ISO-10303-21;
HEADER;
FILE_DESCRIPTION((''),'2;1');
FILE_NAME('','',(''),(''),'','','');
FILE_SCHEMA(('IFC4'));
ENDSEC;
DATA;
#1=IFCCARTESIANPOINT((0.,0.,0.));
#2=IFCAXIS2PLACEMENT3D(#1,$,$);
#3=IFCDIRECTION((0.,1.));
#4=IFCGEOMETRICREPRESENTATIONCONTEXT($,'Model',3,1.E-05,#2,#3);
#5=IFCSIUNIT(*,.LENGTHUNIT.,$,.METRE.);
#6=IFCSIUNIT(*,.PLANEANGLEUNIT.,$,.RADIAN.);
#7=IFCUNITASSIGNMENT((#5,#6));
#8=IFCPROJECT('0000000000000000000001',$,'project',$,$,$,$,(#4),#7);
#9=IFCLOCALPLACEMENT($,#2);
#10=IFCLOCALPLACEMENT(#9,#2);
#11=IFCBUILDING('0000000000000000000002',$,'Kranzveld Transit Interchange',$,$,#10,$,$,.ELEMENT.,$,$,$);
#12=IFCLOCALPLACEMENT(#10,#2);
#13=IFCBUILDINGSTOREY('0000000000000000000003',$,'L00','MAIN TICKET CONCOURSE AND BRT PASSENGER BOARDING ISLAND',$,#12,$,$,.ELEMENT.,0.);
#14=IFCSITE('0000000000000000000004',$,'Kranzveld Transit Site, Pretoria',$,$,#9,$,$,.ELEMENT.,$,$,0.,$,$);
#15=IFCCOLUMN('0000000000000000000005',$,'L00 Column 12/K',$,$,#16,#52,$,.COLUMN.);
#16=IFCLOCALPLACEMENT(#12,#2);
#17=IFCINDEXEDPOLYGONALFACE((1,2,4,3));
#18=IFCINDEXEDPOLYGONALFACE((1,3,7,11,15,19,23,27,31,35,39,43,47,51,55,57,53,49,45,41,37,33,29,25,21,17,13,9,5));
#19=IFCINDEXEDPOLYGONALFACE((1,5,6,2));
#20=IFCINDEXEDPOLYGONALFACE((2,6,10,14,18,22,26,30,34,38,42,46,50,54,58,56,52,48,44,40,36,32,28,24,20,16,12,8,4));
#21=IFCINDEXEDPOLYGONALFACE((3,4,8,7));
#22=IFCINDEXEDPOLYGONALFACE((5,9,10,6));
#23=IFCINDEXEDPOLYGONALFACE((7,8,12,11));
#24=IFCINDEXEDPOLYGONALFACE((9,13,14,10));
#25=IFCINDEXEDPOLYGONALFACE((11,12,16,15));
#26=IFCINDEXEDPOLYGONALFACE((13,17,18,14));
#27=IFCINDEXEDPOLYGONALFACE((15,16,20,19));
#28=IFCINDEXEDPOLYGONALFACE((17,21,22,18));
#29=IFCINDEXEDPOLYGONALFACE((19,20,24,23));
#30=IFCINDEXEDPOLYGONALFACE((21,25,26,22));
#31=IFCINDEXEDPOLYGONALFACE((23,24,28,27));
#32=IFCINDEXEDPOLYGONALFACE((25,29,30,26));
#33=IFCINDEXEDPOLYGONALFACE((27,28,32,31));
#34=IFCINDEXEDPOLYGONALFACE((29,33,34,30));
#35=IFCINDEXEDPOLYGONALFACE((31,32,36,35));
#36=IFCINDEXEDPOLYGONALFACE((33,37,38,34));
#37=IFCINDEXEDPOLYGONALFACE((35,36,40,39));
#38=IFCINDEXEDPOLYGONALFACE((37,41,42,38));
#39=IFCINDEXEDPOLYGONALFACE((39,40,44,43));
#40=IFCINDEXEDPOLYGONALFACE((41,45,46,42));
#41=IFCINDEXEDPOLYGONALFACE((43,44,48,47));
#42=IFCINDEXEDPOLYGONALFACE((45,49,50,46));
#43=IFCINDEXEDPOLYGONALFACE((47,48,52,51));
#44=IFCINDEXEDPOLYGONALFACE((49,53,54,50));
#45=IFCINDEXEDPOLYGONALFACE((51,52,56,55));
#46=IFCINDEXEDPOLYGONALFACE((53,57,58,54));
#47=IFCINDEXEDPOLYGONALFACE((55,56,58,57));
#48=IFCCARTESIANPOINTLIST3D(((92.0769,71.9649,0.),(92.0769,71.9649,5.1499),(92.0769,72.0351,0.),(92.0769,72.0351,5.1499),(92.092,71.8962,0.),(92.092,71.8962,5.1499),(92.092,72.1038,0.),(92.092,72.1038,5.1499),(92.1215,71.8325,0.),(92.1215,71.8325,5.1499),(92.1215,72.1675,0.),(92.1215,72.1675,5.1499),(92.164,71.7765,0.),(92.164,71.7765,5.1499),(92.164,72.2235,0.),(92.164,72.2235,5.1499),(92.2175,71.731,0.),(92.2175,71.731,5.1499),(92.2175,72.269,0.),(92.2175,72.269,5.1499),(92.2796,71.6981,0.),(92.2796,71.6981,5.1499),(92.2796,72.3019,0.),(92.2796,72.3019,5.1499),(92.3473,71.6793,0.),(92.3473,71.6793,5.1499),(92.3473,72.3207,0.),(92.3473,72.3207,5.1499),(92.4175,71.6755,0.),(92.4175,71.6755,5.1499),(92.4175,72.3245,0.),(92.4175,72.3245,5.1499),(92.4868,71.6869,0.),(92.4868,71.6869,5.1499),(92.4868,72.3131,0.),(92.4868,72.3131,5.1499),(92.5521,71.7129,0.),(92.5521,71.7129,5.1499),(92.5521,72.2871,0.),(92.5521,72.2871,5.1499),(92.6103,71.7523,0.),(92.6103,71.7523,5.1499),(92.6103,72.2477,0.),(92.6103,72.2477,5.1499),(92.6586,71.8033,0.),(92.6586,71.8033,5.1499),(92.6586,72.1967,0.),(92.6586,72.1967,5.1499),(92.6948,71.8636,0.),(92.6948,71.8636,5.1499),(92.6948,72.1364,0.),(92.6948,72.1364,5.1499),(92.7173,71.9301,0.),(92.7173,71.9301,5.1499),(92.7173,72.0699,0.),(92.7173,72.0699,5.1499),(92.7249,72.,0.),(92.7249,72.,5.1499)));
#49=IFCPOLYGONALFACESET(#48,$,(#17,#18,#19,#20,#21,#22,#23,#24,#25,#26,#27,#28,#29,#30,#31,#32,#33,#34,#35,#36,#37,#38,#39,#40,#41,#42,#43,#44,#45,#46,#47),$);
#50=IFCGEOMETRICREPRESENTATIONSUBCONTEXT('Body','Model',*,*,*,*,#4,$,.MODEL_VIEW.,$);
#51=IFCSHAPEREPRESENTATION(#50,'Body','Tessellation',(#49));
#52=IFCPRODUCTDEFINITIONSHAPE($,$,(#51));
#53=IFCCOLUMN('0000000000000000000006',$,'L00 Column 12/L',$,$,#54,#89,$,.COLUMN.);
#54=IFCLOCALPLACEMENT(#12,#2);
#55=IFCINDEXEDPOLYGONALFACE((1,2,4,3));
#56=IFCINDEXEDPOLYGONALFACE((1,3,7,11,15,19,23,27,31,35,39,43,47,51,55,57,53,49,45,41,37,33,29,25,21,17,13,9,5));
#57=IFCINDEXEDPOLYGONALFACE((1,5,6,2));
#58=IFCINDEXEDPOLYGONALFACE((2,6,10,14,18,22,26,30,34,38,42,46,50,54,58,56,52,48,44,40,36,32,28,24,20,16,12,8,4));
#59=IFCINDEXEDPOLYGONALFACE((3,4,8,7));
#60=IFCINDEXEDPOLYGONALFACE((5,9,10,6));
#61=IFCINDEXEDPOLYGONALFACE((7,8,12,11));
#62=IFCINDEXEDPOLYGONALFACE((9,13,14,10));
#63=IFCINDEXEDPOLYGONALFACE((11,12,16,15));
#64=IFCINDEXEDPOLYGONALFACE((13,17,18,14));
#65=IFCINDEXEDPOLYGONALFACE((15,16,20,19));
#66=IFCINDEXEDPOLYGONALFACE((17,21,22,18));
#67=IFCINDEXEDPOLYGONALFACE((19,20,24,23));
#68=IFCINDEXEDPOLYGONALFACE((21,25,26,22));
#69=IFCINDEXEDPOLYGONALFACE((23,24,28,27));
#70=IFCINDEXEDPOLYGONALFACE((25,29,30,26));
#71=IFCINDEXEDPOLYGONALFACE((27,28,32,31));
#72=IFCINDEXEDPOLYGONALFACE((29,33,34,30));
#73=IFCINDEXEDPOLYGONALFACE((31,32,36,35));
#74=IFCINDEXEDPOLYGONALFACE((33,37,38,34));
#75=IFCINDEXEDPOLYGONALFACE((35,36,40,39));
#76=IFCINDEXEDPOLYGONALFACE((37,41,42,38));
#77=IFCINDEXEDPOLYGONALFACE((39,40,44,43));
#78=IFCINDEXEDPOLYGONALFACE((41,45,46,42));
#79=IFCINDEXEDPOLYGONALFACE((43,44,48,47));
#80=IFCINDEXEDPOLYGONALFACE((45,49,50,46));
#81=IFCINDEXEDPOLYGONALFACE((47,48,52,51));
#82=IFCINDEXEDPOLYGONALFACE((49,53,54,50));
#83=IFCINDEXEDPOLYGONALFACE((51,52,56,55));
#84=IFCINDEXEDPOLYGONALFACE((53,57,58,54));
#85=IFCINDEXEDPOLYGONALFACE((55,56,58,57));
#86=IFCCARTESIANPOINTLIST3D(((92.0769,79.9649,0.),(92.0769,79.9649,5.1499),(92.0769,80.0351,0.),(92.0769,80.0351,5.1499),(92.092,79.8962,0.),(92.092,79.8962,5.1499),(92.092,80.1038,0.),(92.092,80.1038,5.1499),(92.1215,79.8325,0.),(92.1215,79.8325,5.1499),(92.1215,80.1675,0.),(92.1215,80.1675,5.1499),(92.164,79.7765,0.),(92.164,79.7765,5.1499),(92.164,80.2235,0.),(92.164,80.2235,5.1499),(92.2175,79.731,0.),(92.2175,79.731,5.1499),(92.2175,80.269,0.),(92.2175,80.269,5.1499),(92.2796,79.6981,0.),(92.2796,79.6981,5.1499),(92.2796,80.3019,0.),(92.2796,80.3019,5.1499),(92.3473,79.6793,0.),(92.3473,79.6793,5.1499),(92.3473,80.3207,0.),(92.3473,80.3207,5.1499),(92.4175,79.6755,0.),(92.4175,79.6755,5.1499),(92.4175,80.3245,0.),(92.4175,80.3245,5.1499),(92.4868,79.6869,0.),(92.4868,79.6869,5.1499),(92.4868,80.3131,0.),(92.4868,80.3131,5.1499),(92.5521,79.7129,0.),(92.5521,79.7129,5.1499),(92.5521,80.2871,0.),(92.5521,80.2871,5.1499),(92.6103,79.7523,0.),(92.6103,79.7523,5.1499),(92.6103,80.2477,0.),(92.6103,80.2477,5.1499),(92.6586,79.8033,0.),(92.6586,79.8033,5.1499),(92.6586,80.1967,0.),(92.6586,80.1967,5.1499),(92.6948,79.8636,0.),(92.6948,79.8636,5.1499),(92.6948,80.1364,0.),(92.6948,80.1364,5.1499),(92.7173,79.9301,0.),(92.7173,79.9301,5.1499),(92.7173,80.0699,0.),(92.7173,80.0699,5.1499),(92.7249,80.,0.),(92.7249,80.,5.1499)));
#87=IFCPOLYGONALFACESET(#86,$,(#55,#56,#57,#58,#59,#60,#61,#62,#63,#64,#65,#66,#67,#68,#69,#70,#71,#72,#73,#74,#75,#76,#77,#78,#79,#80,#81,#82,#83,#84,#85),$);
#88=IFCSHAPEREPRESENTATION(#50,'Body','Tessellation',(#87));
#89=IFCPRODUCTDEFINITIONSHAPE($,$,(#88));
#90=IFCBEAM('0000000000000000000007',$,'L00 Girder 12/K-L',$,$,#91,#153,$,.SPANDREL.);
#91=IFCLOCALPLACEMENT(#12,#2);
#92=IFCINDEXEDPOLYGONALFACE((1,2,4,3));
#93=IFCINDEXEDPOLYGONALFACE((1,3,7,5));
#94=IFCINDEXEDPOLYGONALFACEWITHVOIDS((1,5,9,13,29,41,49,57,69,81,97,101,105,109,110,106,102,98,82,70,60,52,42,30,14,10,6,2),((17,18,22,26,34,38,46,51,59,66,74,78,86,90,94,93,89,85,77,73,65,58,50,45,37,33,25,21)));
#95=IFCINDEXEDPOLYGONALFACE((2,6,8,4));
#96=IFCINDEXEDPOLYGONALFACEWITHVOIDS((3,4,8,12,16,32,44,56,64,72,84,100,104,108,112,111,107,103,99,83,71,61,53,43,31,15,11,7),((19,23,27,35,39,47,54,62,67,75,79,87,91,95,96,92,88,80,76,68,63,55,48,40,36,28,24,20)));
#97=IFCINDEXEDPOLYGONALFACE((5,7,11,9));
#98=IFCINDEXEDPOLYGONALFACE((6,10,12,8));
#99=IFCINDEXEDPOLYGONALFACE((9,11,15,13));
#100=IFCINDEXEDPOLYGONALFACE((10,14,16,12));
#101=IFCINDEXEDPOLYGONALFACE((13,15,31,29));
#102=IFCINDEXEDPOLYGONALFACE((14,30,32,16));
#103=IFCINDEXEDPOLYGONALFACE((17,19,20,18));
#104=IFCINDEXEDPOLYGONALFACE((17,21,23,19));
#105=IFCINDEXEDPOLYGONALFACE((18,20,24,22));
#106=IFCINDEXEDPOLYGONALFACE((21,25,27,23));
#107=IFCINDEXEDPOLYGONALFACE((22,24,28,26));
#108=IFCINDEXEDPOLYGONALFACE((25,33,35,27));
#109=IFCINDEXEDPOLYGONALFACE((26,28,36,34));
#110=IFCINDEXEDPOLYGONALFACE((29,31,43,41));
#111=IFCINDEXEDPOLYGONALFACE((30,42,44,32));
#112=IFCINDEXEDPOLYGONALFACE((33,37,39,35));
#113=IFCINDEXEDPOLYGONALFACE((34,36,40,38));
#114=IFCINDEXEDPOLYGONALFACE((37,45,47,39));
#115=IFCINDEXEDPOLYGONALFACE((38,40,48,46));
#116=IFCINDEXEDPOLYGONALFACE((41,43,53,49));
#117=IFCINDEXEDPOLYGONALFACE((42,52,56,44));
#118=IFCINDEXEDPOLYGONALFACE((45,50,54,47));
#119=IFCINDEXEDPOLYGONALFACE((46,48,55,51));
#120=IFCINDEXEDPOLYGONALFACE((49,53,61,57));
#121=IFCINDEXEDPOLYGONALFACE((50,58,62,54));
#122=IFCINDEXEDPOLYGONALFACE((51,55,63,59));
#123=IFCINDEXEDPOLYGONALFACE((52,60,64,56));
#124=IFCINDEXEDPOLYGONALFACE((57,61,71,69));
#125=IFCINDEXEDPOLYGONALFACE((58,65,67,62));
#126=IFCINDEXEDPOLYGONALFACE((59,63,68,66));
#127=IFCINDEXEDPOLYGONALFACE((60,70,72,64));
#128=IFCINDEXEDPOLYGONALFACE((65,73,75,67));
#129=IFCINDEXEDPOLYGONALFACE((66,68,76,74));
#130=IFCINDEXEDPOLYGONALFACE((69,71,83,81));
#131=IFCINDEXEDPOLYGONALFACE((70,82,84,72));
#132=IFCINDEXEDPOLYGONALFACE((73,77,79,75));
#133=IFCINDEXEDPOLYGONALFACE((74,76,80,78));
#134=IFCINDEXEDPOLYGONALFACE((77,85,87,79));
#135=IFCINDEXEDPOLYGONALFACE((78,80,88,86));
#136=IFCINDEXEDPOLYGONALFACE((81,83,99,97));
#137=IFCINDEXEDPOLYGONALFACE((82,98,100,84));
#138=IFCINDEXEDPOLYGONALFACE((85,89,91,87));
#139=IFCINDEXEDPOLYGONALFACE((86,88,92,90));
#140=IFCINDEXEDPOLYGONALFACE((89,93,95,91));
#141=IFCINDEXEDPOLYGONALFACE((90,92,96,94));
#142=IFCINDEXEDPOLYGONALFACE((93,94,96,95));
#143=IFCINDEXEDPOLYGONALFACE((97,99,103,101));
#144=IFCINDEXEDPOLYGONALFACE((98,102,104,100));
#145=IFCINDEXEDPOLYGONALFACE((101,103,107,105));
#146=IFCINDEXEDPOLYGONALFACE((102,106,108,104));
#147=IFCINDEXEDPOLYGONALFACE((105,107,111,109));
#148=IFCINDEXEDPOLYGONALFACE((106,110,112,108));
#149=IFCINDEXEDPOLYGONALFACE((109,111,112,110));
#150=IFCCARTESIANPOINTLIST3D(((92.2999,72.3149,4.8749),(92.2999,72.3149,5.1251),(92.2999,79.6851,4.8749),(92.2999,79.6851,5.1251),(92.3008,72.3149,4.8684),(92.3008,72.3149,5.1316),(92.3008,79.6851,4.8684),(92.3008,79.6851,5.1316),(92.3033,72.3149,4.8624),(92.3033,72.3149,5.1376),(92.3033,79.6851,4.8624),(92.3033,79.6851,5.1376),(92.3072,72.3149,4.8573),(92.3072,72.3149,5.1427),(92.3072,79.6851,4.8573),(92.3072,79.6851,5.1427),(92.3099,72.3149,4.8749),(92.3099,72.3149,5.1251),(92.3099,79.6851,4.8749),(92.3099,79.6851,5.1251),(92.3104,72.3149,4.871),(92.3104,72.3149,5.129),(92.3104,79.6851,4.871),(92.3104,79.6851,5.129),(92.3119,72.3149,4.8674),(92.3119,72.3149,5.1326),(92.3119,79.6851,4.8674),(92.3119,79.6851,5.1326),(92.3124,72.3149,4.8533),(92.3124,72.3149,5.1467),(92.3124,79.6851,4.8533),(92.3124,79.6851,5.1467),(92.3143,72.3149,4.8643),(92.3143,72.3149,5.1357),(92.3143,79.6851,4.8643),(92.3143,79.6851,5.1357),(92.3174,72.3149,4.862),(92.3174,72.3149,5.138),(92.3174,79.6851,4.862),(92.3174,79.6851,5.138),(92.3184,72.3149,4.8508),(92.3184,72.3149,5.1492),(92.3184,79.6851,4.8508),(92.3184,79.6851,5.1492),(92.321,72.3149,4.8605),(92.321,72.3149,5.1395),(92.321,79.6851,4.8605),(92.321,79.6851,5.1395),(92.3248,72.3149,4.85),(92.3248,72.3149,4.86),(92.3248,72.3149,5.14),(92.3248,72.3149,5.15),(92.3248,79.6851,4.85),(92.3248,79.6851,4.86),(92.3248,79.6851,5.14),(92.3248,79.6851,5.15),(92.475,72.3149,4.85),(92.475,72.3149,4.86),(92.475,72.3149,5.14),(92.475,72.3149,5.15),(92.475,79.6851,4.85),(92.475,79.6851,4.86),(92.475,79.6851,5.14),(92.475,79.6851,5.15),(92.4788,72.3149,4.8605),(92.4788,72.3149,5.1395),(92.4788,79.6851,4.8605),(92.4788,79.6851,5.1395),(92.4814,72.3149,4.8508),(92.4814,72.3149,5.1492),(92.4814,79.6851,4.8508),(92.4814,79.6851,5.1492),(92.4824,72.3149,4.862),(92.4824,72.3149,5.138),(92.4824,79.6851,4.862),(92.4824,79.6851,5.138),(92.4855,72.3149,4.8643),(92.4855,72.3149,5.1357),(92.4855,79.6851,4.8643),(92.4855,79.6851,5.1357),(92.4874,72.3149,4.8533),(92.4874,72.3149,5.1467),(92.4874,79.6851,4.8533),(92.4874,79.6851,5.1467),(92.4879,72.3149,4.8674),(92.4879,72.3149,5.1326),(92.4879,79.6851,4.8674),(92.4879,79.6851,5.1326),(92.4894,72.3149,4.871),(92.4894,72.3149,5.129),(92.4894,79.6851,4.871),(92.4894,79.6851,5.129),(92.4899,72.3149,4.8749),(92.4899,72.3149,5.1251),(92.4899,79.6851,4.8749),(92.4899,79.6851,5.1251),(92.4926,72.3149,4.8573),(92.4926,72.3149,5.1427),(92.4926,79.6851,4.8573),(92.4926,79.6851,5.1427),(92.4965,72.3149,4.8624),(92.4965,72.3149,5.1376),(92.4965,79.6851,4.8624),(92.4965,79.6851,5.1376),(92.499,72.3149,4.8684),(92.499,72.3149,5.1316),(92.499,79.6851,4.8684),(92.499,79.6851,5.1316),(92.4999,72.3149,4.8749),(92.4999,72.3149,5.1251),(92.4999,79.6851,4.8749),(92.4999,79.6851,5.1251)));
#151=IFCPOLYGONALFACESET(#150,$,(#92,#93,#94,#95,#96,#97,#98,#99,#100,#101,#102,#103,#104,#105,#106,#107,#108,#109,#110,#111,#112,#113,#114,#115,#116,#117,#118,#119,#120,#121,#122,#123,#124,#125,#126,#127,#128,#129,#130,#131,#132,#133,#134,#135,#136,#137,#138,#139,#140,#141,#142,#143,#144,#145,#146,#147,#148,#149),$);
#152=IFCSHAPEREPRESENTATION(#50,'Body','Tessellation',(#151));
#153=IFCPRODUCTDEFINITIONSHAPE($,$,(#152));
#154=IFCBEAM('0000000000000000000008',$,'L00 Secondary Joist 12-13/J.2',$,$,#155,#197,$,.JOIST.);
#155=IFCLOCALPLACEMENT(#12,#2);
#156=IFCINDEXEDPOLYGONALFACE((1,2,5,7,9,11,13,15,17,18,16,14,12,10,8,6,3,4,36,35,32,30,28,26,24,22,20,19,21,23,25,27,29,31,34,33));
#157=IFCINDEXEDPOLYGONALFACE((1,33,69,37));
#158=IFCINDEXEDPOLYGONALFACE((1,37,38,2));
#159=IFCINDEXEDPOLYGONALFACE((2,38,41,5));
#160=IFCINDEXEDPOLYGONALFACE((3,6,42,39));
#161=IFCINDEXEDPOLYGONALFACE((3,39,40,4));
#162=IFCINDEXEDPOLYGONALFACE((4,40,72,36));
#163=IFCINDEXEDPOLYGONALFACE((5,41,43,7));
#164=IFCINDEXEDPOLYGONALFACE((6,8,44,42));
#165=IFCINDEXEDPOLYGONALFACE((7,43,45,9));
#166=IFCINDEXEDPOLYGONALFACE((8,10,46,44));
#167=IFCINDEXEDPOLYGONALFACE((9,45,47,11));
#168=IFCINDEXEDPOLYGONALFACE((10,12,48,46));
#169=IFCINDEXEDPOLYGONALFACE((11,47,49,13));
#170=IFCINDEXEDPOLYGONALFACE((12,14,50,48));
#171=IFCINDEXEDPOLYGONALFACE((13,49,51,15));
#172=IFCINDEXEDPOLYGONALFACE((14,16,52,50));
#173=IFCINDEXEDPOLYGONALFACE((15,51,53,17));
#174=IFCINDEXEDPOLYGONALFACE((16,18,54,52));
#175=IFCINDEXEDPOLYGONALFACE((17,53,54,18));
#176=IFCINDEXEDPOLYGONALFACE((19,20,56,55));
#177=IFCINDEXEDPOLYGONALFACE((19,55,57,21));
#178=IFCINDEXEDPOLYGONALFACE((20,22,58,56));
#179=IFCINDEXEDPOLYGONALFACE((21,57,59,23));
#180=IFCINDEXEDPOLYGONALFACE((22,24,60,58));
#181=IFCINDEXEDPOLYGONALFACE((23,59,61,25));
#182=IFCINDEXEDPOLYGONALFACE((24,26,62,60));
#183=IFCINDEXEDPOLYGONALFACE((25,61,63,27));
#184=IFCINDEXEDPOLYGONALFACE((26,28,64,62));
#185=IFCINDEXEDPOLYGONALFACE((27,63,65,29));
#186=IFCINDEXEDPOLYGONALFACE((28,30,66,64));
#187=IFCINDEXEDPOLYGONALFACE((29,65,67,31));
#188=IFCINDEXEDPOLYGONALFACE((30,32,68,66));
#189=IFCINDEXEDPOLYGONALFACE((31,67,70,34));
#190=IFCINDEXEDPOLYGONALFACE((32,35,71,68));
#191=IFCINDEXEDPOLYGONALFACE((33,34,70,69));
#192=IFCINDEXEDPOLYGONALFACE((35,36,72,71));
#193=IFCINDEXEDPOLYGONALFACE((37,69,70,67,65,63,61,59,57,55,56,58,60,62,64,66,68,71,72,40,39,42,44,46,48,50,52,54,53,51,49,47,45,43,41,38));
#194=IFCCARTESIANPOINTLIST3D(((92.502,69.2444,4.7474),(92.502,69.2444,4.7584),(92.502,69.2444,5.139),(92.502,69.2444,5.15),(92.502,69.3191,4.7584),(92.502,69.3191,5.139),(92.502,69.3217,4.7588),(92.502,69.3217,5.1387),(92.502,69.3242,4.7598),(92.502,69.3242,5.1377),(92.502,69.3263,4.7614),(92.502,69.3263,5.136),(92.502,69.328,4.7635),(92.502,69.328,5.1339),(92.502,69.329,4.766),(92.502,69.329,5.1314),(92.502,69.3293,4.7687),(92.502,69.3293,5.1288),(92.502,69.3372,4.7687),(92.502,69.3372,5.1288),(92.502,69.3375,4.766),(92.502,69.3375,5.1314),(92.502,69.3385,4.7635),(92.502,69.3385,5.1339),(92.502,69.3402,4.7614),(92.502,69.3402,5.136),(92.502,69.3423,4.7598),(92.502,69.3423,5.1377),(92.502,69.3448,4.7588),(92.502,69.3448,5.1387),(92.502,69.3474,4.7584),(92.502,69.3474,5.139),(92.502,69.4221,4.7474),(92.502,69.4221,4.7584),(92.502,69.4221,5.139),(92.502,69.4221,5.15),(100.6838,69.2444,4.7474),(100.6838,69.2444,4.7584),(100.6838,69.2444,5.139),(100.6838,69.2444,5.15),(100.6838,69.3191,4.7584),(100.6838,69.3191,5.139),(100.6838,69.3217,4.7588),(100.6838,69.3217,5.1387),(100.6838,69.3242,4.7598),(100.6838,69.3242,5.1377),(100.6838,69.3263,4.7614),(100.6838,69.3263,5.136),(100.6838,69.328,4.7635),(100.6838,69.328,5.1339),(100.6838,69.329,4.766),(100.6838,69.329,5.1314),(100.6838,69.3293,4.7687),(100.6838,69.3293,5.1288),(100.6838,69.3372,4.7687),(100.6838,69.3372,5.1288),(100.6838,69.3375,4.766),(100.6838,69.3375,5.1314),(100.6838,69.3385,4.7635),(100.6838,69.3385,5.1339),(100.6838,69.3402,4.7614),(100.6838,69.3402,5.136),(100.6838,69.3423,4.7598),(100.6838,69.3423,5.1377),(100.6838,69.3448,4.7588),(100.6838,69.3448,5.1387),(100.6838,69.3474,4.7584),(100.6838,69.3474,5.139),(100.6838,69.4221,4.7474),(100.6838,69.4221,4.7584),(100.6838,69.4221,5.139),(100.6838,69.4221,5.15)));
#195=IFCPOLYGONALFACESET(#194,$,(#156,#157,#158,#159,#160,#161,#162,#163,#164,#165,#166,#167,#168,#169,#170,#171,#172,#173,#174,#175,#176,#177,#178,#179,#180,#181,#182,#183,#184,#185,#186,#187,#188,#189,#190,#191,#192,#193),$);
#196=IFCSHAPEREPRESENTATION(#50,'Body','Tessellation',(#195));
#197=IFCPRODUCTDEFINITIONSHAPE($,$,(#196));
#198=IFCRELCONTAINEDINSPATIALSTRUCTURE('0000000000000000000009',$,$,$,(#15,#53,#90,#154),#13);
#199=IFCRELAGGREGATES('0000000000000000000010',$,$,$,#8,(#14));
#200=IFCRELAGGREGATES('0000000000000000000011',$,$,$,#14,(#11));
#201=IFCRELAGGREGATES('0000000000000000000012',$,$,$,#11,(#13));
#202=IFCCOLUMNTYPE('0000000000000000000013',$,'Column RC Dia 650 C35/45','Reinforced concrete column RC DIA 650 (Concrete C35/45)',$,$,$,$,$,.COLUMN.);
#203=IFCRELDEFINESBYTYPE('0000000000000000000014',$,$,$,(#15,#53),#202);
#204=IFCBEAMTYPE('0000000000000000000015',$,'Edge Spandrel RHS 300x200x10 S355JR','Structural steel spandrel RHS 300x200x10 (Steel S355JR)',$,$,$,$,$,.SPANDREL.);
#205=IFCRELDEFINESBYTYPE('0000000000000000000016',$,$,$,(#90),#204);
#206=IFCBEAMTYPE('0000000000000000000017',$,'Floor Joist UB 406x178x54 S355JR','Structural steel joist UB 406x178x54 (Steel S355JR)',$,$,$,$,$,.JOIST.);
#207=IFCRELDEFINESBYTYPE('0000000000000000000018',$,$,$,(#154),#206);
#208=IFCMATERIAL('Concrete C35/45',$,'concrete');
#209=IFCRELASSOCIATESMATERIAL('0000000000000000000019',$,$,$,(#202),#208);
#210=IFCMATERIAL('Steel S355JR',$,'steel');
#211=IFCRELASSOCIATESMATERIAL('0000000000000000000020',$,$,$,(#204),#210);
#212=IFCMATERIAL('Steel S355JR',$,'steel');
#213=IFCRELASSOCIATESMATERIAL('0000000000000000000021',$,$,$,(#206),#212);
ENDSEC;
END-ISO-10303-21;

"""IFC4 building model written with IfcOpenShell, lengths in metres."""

from ifc_helpers import new_model, si_unit, direction, frame, origin, origin_2d, place, context, subcontext, project, spatial, hollow_rectangle, circle, i_section, extrude, material, material_profile, profile_set, type_object, element, save


model = new_model("IFC4")

# Units and contexts
model_context = context("Model", 3, precision=1e-05, world=origin(), true_north=direction((0.0, 1.0)))
body_context = subcontext(model_context, "Body", "Model", "MODEL_VIEW")
ifc_project = project(units=[si_unit("LENGTHUNIT", "METRE"), si_unit("PLANEANGLEUNIT", "RADIAN")], contexts=[model_context])

# Site, building, storey
site_placement = place(None, origin())
site = spatial("IfcSite", under=ifc_project, at=site_placement, Name="Kranzveld Transit Site, Pretoria", CompositionType="ELEMENT", RefElevation=0.0)
building_placement = place(site_placement, origin())
building = spatial("IfcBuilding", under=site, at=building_placement, Name="Kranzveld Transit Interchange", CompositionType="ELEMENT")
storey_placement = place(building_placement, origin())
storey = spatial("IfcBuildingStorey", under=building, at=storey_placement, Name="L00", Description="MAIN TICKET CONCOURSE AND BRT PASSENGER BOARDING ISLAND", CompositionType="ELEMENT", Elevation=0.0)

# Columns
ifc_material_1 = material(Name="Concrete C35/45", Category="concrete")
ifc_material_profile_1 = material_profile(ifc_material_1, circle(Radius=0.325, at=origin_2d()), Name="RC DIA 650")
ifc_profile_set_1 = profile_set([ifc_material_profile_1], Name="Concrete C35/45")
column_type_1 = type_object("IfcColumnType", Name="Column RC Dia 650 C35/45", Description="Reinforced concrete column RC DIA 650 (Concrete C35/45)", PredefinedType="COLUMN", material=ifc_profile_set_1)
for number, where, z_axis, x_axis, name in (
    (1, (92.3999, 72.0, 0.0), (0.0, 0.0, 1.0), (1.0, 0.0, 0.0), "L00 Column 12/K"),
    (2, (92.3999, 80.0, 0.0), (0.0, 0.0, 1.0), (1.0, 0.0, 0.0), "L00 Column 12/L"),
):
    element("IfcColumn", number, at=place(storey_placement, frame(where, z_axis=z_axis, x_axis=x_axis)), inside=storey, type_object=column_type_1, Name=name, PredefinedType="COLUMN", context=body_context, shape_type="SweptSolid", body=[
        extrude(circle(Radius=0.325, at=origin_2d()), origin(), (0.0, 0.0, 1.0), 5.1499),
    ])

# Beams
ifc_material_2 = material(Name="Steel S355JR", Category="steel")
ifc_material_profile_2 = material_profile(ifc_material_2, hollow_rectangle(XDim=0.2, YDim=0.3, WallThickness=0.01, InnerFilletRadius=0.0149, OuterFilletRadius=0.0249, at=origin_2d()), Name="RHS 300x200x10")
ifc_profile_set_2 = profile_set([ifc_material_profile_2], Name="Steel S355JR")
beam_type_1 = type_object("IfcBeamType", Name="Edge Spandrel RHS 300x200x10 S355JR", Description="Structural steel spandrel RHS 300x200x10 (Steel S355JR)", PredefinedType="SPANDREL", material=ifc_profile_set_2)
beam_1_placement = place(storey_placement, frame((92.3999, 72.3149, 5.0), z_axis=(0.0, 1.0, 0.0), x_axis=(-1.0, 0.0, 0.0)))
element("IfcBeam", 3, at=beam_1_placement, inside=storey, type_object=beam_type_1, Name="L00 Girder 12/K-L", PredefinedType="SPANDREL", context=body_context, shape_type="SweptSolid", body=[
    extrude(hollow_rectangle(XDim=0.2, YDim=0.3, WallThickness=0.01, InnerFilletRadius=0.0149, OuterFilletRadius=0.0249, at=origin_2d()), origin(), (0.0, 0.0, 1.0), 7.3701),
])
ifc_material_3 = material(Name="Steel S355JR", Category="steel")
ifc_material_profile_3 = material_profile(ifc_material_3, i_section(OverallWidth=0.1777, OverallDepth=0.4026, WebThickness=0.0078, FlangeThickness=0.011, FilletRadius=0.0103, at=origin_2d()), Name="UB 406x178x54")
ifc_profile_set_3 = profile_set([ifc_material_profile_3], Name="Steel S355JR")
beam_type_2 = type_object("IfcBeamType", Name="Floor Joist UB 406x178x54 S355JR", Description="Structural steel joist UB 406x178x54 (Steel S355JR)", PredefinedType="JOIST", material=ifc_profile_set_3)
for number, where, z_axis, x_axis, name in (
    (4, (92.502, 69.3333, 4.9487), (1.0, 0.0, 0.0), (0.0, 1.0, 0.0), "L00 Secondary Joist 12-13/J.2"),
):
    element("IfcBeam", number, at=place(storey_placement, frame(where, z_axis=z_axis, x_axis=x_axis)), inside=storey, type_object=beam_type_2, Name=name, PredefinedType="JOIST", context=body_context, shape_type="SweptSolid", body=[
        extrude(i_section(OverallWidth=0.1777, OverallDepth=0.4026, WebThickness=0.0078, FlangeThickness=0.011, FilletRadius=0.0103, at=origin_2d()), origin(), (0.0, 0.0, 1.0), 8.1819),
    ])

save(model, "model.ifc")
